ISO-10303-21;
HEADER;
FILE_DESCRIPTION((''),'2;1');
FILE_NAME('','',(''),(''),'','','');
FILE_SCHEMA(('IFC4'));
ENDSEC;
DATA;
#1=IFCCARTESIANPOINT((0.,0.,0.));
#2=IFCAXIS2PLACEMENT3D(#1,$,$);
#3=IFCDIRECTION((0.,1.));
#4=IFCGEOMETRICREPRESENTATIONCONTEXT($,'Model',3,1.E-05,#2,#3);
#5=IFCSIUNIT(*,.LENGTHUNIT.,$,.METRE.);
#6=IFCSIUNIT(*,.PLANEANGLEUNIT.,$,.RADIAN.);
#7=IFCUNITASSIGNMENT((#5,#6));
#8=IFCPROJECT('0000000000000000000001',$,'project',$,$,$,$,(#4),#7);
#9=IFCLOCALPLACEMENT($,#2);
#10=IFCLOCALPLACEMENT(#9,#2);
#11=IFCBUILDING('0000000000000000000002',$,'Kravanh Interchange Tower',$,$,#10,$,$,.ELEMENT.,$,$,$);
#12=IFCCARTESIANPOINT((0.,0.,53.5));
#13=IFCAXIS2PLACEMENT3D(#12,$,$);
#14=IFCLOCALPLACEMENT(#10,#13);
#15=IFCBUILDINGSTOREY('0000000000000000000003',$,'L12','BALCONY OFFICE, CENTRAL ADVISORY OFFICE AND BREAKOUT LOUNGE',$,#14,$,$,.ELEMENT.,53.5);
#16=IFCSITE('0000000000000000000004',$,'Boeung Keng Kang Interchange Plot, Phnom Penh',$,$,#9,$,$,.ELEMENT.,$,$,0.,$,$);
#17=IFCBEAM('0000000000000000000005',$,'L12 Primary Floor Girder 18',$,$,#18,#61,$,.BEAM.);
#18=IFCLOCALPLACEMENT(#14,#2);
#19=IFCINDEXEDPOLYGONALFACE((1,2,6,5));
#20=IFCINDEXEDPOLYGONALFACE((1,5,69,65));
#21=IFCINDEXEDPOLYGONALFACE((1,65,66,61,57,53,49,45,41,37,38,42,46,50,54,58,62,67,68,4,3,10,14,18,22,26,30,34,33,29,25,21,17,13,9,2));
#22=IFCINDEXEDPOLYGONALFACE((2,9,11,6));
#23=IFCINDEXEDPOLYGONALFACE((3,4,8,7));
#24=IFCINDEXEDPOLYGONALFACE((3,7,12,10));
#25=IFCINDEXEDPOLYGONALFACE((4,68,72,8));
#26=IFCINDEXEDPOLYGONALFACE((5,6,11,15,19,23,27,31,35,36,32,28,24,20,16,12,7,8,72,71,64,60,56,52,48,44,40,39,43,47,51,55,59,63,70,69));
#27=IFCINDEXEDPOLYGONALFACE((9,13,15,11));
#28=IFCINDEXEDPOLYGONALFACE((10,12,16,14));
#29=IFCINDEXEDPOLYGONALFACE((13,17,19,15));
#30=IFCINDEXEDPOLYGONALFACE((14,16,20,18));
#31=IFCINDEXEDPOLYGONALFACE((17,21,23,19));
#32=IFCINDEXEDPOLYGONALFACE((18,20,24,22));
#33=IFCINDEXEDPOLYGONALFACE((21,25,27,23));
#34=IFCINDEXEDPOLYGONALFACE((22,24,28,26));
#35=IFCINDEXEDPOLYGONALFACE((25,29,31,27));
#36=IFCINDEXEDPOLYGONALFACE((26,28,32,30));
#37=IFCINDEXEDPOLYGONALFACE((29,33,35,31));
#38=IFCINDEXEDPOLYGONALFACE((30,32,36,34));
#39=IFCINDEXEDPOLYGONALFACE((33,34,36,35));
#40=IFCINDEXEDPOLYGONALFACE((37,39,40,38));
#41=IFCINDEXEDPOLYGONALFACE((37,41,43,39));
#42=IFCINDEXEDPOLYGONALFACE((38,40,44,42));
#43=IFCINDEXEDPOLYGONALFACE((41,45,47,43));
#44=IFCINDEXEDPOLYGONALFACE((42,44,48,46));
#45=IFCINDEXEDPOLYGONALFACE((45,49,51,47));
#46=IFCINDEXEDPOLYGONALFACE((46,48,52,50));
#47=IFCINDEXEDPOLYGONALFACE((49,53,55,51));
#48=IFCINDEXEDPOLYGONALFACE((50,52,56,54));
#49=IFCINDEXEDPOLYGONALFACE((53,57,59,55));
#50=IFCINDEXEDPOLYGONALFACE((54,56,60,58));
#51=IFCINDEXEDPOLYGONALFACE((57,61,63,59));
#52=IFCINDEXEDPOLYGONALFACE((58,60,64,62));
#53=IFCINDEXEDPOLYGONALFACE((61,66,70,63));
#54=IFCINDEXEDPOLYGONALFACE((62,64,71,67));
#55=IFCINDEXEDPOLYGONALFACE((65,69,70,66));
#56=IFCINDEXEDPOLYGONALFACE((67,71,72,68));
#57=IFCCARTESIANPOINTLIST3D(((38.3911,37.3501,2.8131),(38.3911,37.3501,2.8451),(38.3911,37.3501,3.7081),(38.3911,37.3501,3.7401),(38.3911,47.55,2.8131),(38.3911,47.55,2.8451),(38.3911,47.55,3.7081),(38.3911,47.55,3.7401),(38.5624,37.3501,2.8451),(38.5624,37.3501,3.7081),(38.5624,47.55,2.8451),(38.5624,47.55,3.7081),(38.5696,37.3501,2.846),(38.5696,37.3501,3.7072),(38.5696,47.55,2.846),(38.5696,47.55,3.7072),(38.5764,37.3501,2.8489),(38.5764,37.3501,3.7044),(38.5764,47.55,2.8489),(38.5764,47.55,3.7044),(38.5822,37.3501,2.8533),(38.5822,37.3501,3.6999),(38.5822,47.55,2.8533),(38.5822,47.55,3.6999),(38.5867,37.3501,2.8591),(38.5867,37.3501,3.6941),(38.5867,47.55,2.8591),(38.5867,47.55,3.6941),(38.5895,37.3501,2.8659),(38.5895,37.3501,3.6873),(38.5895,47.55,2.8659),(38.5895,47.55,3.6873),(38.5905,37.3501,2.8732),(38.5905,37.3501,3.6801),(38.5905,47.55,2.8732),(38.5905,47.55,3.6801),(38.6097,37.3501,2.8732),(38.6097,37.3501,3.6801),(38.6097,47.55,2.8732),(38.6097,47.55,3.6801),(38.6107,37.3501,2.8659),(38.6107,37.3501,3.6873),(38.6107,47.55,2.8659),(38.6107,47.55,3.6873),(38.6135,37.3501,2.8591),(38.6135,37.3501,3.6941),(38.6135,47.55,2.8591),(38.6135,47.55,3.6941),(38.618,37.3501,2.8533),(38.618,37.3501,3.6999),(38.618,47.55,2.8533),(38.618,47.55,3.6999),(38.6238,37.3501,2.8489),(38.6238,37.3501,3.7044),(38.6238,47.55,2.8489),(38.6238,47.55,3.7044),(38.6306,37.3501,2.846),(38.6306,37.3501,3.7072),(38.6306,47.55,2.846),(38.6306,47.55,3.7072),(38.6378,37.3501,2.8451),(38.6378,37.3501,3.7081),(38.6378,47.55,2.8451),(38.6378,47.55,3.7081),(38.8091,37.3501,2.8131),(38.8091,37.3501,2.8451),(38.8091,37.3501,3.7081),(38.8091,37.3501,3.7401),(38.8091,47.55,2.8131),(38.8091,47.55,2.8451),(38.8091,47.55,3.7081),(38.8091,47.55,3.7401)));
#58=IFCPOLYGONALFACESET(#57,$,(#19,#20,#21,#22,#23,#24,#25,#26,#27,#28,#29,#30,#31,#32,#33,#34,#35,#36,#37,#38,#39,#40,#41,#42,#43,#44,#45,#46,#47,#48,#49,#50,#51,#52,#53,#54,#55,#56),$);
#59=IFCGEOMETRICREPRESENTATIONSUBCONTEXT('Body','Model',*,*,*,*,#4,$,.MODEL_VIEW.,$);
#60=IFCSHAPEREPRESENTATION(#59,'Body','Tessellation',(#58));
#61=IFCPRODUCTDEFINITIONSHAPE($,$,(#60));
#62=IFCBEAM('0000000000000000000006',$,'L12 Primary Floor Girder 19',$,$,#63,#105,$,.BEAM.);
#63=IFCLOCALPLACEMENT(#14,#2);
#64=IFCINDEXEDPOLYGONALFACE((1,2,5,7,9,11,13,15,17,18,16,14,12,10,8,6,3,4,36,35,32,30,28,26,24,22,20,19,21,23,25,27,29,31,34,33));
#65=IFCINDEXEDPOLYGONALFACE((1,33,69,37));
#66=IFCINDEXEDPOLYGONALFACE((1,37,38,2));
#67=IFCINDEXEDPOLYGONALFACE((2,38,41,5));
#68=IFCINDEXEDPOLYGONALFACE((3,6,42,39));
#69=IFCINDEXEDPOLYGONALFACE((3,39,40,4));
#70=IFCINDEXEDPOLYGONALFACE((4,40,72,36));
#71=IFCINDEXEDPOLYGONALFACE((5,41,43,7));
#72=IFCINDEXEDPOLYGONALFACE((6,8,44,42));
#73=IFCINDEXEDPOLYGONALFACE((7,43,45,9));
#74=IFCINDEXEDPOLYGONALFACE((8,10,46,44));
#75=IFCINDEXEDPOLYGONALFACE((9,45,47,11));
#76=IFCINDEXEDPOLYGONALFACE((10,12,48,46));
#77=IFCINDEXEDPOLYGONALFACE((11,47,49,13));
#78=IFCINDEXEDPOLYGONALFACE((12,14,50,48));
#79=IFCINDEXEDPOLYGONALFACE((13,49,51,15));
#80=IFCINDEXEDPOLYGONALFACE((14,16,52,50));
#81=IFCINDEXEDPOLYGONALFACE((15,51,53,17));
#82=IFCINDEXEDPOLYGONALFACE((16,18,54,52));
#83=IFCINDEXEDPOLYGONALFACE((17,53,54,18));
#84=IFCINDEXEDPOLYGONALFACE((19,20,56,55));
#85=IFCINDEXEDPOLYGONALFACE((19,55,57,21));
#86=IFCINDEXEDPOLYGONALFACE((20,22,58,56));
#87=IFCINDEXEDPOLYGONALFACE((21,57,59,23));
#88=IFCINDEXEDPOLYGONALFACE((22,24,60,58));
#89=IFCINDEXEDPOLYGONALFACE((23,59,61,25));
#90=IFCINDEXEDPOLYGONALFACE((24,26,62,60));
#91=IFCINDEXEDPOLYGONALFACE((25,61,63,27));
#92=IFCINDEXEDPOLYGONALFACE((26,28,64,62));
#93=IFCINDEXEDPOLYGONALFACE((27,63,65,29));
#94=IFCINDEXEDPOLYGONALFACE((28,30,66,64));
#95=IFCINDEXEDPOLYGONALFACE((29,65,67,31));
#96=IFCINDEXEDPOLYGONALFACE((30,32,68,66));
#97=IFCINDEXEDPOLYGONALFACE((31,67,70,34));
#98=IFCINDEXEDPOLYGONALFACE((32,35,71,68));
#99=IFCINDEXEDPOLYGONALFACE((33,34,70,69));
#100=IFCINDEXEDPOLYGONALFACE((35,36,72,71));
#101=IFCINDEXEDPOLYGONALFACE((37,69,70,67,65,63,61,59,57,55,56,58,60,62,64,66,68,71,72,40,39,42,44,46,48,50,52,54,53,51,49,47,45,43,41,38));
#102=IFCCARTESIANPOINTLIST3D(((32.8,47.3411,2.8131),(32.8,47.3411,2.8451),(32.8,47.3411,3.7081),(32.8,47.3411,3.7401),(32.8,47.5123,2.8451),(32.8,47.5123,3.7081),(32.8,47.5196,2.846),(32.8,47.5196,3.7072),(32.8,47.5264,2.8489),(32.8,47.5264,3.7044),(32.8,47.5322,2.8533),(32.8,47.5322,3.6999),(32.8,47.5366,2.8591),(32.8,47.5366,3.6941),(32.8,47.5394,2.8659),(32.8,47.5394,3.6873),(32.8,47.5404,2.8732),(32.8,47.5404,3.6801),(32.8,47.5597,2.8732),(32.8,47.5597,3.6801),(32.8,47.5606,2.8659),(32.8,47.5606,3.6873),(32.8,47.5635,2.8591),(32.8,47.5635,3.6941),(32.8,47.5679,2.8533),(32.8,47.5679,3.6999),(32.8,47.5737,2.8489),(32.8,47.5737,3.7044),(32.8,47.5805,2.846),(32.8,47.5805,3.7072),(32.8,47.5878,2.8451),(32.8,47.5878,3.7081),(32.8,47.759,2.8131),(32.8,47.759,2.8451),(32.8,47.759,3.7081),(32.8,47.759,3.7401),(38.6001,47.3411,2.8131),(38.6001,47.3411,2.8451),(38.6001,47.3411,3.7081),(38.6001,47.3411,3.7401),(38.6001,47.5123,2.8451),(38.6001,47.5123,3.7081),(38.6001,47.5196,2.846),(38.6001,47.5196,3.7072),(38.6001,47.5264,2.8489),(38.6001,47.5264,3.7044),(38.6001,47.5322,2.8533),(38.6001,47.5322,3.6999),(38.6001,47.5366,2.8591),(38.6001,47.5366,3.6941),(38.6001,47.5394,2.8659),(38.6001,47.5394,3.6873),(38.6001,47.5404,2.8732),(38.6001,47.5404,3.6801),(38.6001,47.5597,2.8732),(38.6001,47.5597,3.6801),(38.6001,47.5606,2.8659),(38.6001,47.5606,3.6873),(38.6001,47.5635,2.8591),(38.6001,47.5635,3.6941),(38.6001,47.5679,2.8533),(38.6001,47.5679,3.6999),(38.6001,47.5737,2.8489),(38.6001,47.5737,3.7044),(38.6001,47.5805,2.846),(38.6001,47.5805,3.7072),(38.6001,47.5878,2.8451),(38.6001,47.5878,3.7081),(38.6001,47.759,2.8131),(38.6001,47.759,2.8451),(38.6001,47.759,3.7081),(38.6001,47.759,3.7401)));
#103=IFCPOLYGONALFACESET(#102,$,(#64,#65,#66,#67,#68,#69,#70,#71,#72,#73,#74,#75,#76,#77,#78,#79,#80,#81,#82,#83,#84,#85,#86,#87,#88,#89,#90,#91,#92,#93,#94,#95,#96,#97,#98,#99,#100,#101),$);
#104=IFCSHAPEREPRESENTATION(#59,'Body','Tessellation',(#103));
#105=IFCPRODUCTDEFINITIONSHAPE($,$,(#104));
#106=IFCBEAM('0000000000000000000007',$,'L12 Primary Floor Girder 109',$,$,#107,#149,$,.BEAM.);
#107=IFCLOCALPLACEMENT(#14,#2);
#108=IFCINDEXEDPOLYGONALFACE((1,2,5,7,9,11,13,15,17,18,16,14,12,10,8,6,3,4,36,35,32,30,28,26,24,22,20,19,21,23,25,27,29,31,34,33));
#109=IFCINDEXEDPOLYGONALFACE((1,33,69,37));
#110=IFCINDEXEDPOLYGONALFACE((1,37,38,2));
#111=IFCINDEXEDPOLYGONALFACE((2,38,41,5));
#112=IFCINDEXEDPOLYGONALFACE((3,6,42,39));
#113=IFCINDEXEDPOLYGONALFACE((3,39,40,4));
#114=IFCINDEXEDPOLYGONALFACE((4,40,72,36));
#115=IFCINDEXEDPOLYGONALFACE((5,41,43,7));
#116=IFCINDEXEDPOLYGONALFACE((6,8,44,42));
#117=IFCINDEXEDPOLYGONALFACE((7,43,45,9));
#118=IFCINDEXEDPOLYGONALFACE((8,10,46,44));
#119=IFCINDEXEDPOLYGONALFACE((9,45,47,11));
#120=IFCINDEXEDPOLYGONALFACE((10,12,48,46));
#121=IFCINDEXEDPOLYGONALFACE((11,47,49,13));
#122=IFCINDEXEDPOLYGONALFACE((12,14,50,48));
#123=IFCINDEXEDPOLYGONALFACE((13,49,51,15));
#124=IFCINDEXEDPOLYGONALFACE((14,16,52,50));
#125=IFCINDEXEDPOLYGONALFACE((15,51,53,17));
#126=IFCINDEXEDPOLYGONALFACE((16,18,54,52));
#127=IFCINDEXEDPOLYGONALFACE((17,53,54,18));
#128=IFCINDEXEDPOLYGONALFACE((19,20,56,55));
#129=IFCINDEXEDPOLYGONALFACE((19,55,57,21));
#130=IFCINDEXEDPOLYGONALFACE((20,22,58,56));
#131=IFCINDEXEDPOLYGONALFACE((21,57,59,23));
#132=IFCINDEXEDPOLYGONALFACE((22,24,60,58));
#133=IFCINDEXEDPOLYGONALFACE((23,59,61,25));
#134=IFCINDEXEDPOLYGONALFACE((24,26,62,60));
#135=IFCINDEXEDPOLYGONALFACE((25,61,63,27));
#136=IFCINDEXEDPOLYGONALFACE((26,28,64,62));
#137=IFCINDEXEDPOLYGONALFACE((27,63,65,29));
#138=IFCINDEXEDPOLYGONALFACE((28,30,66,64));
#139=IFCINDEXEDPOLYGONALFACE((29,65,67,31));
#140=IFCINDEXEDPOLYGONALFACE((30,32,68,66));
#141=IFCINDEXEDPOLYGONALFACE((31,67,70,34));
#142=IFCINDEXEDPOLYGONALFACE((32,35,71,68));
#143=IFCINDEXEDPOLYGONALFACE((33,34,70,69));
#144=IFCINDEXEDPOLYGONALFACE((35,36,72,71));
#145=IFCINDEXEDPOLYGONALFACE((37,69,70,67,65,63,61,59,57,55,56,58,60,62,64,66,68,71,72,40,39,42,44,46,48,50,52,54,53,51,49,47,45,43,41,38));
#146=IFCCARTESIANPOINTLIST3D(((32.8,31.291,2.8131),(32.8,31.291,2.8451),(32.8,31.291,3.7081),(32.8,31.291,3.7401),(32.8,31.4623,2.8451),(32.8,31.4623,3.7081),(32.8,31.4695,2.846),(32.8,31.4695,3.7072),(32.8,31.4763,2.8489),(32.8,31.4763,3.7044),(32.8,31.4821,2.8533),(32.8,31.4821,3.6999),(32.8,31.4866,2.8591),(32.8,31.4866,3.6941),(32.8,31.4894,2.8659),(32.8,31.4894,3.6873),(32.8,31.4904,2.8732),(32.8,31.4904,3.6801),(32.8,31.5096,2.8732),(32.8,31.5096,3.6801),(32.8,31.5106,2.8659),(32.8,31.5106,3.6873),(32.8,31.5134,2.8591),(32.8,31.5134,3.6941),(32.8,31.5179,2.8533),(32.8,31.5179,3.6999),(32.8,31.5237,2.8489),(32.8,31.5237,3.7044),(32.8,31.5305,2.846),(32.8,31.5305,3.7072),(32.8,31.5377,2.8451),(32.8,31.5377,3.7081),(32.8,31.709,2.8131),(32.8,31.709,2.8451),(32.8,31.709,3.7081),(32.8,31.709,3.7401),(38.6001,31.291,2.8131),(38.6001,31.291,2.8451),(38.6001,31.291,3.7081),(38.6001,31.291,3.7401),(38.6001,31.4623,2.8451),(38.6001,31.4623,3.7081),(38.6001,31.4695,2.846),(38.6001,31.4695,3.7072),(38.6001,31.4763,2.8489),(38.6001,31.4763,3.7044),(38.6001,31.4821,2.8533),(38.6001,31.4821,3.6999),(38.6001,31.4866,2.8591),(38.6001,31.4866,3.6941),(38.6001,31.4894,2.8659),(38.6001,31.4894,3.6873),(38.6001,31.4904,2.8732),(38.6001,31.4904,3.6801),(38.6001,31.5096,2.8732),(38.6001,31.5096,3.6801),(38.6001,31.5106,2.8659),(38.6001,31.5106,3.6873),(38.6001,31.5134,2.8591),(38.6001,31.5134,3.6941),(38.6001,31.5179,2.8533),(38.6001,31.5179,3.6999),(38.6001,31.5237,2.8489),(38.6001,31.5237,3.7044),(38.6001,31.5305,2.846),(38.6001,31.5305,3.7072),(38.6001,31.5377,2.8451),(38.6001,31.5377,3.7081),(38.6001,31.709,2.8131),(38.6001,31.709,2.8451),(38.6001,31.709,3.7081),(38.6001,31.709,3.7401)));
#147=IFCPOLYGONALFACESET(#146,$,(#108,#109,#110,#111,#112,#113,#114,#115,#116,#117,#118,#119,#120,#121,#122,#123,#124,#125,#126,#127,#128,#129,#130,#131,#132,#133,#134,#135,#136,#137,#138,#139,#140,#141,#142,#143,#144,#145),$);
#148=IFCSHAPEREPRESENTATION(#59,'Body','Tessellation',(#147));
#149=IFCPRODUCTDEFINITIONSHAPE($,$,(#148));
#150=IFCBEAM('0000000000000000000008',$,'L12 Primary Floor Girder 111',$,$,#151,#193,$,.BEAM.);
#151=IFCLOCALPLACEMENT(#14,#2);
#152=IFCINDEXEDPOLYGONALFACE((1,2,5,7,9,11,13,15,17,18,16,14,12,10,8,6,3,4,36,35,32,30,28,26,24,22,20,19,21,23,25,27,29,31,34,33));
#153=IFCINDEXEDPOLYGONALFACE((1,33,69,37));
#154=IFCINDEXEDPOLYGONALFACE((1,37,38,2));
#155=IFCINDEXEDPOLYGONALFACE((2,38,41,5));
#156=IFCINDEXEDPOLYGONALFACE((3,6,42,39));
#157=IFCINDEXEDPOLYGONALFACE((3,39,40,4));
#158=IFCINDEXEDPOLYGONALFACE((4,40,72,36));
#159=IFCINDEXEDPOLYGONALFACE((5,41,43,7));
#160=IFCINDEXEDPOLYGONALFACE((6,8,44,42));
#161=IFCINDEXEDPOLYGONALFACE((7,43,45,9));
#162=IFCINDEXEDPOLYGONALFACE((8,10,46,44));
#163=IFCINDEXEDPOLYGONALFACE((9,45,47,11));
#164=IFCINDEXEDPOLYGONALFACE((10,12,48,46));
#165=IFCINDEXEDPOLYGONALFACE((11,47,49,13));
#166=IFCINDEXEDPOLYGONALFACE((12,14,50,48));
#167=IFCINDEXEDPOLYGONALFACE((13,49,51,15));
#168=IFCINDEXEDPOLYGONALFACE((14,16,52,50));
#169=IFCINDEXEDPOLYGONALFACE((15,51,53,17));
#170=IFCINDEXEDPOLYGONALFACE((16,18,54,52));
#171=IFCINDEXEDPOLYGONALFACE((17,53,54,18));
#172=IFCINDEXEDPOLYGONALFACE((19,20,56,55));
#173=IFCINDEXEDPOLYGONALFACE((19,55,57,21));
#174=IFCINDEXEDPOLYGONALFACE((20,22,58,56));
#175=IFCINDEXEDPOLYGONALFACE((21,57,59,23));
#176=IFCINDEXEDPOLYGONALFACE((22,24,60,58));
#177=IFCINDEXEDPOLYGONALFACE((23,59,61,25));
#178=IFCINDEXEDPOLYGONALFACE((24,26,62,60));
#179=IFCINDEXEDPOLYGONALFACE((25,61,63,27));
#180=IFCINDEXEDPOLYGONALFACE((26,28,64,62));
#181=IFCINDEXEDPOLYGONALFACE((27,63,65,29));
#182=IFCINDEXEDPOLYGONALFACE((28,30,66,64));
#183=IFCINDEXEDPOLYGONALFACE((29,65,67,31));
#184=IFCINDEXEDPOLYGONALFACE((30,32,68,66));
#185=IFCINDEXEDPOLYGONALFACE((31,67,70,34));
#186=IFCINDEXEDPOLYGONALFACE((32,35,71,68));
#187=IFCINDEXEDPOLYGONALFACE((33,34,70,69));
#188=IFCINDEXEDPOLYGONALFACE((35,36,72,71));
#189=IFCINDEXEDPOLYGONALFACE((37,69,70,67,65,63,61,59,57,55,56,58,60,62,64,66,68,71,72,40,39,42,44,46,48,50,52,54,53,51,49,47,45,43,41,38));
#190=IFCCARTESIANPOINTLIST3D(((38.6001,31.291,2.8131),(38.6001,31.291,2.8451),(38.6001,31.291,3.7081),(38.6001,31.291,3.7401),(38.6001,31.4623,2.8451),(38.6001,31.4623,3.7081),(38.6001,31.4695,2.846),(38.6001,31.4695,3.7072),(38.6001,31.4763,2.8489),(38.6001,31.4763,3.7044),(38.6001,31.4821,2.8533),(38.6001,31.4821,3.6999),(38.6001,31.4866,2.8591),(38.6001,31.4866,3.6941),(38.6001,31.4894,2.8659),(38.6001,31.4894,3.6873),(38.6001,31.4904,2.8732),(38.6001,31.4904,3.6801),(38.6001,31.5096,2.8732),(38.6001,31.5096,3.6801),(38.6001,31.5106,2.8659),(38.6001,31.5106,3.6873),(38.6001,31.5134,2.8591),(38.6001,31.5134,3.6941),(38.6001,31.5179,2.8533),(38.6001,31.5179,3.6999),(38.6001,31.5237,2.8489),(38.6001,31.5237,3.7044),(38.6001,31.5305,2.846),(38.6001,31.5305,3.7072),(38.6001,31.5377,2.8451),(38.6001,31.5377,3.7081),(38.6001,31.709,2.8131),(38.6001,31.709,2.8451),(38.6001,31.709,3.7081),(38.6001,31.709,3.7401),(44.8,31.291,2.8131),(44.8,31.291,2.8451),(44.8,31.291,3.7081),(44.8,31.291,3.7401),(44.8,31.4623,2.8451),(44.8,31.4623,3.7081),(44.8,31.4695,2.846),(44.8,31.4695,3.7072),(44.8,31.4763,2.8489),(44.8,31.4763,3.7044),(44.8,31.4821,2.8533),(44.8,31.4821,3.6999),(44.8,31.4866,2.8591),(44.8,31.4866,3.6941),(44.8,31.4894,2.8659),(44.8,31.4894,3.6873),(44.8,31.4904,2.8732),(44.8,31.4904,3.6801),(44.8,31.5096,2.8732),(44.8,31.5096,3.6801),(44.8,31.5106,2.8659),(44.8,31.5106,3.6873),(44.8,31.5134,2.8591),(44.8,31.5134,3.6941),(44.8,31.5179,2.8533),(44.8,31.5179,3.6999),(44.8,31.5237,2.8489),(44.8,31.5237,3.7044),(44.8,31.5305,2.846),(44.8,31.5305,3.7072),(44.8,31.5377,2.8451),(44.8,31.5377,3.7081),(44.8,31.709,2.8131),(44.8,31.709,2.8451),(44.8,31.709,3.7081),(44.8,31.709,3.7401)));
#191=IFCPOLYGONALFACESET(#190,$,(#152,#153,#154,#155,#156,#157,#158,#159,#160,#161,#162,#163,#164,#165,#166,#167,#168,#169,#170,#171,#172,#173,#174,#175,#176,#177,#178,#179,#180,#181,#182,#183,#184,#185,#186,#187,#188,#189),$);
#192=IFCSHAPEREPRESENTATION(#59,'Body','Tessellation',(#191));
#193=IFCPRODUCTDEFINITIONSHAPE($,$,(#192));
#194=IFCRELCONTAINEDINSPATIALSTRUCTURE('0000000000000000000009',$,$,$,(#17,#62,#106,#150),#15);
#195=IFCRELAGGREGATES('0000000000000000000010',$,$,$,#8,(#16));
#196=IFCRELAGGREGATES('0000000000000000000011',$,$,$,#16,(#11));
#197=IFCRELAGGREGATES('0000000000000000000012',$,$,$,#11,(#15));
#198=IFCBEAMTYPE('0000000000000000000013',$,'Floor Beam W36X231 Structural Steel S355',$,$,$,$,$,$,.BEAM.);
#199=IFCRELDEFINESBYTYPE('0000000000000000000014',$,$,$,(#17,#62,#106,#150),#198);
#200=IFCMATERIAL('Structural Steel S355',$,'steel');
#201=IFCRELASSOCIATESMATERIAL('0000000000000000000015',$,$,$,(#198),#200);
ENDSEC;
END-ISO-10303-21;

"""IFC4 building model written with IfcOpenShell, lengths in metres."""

from ifc_helpers import new_model, si_unit, direction, frame, origin, origin_2d, place, context, subcontext, project, spatial, i_section, extrude, material, material_profile, profile_set, type_object, element, save


model = new_model("IFC4")

# Units and contexts
model_context = context("Model", 3, precision=1e-05, world=origin(), true_north=direction((0.0, 1.0)))
body_context = subcontext(model_context, "Body", "Model", "MODEL_VIEW")
ifc_project = project(units=[si_unit("LENGTHUNIT", "METRE"), si_unit("PLANEANGLEUNIT", "RADIAN")], contexts=[model_context])

# Site, building, storey
site_placement = place(None, origin())
site = spatial("IfcSite", under=ifc_project, at=site_placement, Name="Boeung Keng Kang Interchange Plot, Phnom Penh", CompositionType="ELEMENT", RefElevation=0.0)
building_placement = place(site_placement, origin())
building = spatial("IfcBuilding", under=site, at=building_placement, Name="Kravanh Interchange Tower", CompositionType="ELEMENT")
storey_placement = place(building_placement, frame((0.0, 0.0, 53.5)))
storey = spatial("IfcBuildingStorey", under=building, at=storey_placement, Name="L12", Description="BALCONY OFFICE, CENTRAL ADVISORY OFFICE AND BREAKOUT LOUNGE", CompositionType="ELEMENT", Elevation=53.5)

# Beams
ifc_material_1 = material(Name="Structural Steel S355", Category="steel")
ifc_material_profile_1 = material_profile(ifc_material_1, i_section(OverallWidth=0.418, OverallDepth=0.927, WebThickness=0.0193, FlangeThickness=0.032, FilletRadius=0.0281, at=origin_2d()), Name="W36X231")
ifc_profile_set_1 = profile_set([ifc_material_profile_1], Name="Structural Steel S355")
beam_type_1 = type_object("IfcBeamType", Name="Floor Beam W36X231 Structural Steel S355", PredefinedType="BEAM", material=ifc_profile_set_1)
beam_1_placement = place(storey_placement, frame((38.6001, 37.3501, 3.2766), z_axis=(0.0, 1.0, 0.0), x_axis=(-1.0, 0.0, 0.0)))
element("IfcBeam", 1, at=beam_1_placement, inside=storey, type_object=beam_type_1, Name="L12 Primary Floor Girder 18", PredefinedType="BEAM", context=body_context, shape_type="SweptSolid", body=[
    extrude(i_section(OverallWidth=0.418, OverallDepth=0.927, WebThickness=0.0193, FlangeThickness=0.032, FilletRadius=0.0281, at=origin_2d()), origin(), (0.0, 0.0, 1.0), 10.2),
])
for number, where, z_axis, x_axis, name in (
    (2, (38.6001, 47.55, 3.2766), (-1.0, 0.0, 0.0), (0.0, -1.0, 0.0), "L12 Primary Floor Girder 19"),
    (3, (32.8, 31.5, 3.2766), (1.0, 0.0, 0.0), (0.0, 1.0, 0.0), "L12 Primary Floor Girder 109"),
):
    element("IfcBeam", number, at=place(storey_placement, frame(where, z_axis=z_axis, x_axis=x_axis)), inside=storey, type_object=beam_type_1, Name=name, PredefinedType="BEAM", context=body_context, shape_type="SweptSolid", body=[
        extrude(i_section(OverallWidth=0.418, OverallDepth=0.927, WebThickness=0.0193, FlangeThickness=0.032, FilletRadius=0.0281, at=origin_2d()), origin(), (0.0, 0.0, 1.0), 5.8),
    ])
beam_2_placement = place(storey_placement, frame((38.6001, 31.5, 3.2766), z_axis=(1.0, 0.0, 0.0), x_axis=(0.0, 1.0, 0.0)))
element("IfcBeam", 4, at=beam_2_placement, inside=storey, type_object=beam_type_1, Name="L12 Primary Floor Girder 111", PredefinedType="BEAM", context=body_context, shape_type="SweptSolid", body=[
    extrude(i_section(OverallWidth=0.418, OverallDepth=0.927, WebThickness=0.0193, FlangeThickness=0.032, FilletRadius=0.0281, at=origin_2d()), origin(), (0.0, 0.0, 1.0), 6.2),
])

save(model, "model.ifc")
